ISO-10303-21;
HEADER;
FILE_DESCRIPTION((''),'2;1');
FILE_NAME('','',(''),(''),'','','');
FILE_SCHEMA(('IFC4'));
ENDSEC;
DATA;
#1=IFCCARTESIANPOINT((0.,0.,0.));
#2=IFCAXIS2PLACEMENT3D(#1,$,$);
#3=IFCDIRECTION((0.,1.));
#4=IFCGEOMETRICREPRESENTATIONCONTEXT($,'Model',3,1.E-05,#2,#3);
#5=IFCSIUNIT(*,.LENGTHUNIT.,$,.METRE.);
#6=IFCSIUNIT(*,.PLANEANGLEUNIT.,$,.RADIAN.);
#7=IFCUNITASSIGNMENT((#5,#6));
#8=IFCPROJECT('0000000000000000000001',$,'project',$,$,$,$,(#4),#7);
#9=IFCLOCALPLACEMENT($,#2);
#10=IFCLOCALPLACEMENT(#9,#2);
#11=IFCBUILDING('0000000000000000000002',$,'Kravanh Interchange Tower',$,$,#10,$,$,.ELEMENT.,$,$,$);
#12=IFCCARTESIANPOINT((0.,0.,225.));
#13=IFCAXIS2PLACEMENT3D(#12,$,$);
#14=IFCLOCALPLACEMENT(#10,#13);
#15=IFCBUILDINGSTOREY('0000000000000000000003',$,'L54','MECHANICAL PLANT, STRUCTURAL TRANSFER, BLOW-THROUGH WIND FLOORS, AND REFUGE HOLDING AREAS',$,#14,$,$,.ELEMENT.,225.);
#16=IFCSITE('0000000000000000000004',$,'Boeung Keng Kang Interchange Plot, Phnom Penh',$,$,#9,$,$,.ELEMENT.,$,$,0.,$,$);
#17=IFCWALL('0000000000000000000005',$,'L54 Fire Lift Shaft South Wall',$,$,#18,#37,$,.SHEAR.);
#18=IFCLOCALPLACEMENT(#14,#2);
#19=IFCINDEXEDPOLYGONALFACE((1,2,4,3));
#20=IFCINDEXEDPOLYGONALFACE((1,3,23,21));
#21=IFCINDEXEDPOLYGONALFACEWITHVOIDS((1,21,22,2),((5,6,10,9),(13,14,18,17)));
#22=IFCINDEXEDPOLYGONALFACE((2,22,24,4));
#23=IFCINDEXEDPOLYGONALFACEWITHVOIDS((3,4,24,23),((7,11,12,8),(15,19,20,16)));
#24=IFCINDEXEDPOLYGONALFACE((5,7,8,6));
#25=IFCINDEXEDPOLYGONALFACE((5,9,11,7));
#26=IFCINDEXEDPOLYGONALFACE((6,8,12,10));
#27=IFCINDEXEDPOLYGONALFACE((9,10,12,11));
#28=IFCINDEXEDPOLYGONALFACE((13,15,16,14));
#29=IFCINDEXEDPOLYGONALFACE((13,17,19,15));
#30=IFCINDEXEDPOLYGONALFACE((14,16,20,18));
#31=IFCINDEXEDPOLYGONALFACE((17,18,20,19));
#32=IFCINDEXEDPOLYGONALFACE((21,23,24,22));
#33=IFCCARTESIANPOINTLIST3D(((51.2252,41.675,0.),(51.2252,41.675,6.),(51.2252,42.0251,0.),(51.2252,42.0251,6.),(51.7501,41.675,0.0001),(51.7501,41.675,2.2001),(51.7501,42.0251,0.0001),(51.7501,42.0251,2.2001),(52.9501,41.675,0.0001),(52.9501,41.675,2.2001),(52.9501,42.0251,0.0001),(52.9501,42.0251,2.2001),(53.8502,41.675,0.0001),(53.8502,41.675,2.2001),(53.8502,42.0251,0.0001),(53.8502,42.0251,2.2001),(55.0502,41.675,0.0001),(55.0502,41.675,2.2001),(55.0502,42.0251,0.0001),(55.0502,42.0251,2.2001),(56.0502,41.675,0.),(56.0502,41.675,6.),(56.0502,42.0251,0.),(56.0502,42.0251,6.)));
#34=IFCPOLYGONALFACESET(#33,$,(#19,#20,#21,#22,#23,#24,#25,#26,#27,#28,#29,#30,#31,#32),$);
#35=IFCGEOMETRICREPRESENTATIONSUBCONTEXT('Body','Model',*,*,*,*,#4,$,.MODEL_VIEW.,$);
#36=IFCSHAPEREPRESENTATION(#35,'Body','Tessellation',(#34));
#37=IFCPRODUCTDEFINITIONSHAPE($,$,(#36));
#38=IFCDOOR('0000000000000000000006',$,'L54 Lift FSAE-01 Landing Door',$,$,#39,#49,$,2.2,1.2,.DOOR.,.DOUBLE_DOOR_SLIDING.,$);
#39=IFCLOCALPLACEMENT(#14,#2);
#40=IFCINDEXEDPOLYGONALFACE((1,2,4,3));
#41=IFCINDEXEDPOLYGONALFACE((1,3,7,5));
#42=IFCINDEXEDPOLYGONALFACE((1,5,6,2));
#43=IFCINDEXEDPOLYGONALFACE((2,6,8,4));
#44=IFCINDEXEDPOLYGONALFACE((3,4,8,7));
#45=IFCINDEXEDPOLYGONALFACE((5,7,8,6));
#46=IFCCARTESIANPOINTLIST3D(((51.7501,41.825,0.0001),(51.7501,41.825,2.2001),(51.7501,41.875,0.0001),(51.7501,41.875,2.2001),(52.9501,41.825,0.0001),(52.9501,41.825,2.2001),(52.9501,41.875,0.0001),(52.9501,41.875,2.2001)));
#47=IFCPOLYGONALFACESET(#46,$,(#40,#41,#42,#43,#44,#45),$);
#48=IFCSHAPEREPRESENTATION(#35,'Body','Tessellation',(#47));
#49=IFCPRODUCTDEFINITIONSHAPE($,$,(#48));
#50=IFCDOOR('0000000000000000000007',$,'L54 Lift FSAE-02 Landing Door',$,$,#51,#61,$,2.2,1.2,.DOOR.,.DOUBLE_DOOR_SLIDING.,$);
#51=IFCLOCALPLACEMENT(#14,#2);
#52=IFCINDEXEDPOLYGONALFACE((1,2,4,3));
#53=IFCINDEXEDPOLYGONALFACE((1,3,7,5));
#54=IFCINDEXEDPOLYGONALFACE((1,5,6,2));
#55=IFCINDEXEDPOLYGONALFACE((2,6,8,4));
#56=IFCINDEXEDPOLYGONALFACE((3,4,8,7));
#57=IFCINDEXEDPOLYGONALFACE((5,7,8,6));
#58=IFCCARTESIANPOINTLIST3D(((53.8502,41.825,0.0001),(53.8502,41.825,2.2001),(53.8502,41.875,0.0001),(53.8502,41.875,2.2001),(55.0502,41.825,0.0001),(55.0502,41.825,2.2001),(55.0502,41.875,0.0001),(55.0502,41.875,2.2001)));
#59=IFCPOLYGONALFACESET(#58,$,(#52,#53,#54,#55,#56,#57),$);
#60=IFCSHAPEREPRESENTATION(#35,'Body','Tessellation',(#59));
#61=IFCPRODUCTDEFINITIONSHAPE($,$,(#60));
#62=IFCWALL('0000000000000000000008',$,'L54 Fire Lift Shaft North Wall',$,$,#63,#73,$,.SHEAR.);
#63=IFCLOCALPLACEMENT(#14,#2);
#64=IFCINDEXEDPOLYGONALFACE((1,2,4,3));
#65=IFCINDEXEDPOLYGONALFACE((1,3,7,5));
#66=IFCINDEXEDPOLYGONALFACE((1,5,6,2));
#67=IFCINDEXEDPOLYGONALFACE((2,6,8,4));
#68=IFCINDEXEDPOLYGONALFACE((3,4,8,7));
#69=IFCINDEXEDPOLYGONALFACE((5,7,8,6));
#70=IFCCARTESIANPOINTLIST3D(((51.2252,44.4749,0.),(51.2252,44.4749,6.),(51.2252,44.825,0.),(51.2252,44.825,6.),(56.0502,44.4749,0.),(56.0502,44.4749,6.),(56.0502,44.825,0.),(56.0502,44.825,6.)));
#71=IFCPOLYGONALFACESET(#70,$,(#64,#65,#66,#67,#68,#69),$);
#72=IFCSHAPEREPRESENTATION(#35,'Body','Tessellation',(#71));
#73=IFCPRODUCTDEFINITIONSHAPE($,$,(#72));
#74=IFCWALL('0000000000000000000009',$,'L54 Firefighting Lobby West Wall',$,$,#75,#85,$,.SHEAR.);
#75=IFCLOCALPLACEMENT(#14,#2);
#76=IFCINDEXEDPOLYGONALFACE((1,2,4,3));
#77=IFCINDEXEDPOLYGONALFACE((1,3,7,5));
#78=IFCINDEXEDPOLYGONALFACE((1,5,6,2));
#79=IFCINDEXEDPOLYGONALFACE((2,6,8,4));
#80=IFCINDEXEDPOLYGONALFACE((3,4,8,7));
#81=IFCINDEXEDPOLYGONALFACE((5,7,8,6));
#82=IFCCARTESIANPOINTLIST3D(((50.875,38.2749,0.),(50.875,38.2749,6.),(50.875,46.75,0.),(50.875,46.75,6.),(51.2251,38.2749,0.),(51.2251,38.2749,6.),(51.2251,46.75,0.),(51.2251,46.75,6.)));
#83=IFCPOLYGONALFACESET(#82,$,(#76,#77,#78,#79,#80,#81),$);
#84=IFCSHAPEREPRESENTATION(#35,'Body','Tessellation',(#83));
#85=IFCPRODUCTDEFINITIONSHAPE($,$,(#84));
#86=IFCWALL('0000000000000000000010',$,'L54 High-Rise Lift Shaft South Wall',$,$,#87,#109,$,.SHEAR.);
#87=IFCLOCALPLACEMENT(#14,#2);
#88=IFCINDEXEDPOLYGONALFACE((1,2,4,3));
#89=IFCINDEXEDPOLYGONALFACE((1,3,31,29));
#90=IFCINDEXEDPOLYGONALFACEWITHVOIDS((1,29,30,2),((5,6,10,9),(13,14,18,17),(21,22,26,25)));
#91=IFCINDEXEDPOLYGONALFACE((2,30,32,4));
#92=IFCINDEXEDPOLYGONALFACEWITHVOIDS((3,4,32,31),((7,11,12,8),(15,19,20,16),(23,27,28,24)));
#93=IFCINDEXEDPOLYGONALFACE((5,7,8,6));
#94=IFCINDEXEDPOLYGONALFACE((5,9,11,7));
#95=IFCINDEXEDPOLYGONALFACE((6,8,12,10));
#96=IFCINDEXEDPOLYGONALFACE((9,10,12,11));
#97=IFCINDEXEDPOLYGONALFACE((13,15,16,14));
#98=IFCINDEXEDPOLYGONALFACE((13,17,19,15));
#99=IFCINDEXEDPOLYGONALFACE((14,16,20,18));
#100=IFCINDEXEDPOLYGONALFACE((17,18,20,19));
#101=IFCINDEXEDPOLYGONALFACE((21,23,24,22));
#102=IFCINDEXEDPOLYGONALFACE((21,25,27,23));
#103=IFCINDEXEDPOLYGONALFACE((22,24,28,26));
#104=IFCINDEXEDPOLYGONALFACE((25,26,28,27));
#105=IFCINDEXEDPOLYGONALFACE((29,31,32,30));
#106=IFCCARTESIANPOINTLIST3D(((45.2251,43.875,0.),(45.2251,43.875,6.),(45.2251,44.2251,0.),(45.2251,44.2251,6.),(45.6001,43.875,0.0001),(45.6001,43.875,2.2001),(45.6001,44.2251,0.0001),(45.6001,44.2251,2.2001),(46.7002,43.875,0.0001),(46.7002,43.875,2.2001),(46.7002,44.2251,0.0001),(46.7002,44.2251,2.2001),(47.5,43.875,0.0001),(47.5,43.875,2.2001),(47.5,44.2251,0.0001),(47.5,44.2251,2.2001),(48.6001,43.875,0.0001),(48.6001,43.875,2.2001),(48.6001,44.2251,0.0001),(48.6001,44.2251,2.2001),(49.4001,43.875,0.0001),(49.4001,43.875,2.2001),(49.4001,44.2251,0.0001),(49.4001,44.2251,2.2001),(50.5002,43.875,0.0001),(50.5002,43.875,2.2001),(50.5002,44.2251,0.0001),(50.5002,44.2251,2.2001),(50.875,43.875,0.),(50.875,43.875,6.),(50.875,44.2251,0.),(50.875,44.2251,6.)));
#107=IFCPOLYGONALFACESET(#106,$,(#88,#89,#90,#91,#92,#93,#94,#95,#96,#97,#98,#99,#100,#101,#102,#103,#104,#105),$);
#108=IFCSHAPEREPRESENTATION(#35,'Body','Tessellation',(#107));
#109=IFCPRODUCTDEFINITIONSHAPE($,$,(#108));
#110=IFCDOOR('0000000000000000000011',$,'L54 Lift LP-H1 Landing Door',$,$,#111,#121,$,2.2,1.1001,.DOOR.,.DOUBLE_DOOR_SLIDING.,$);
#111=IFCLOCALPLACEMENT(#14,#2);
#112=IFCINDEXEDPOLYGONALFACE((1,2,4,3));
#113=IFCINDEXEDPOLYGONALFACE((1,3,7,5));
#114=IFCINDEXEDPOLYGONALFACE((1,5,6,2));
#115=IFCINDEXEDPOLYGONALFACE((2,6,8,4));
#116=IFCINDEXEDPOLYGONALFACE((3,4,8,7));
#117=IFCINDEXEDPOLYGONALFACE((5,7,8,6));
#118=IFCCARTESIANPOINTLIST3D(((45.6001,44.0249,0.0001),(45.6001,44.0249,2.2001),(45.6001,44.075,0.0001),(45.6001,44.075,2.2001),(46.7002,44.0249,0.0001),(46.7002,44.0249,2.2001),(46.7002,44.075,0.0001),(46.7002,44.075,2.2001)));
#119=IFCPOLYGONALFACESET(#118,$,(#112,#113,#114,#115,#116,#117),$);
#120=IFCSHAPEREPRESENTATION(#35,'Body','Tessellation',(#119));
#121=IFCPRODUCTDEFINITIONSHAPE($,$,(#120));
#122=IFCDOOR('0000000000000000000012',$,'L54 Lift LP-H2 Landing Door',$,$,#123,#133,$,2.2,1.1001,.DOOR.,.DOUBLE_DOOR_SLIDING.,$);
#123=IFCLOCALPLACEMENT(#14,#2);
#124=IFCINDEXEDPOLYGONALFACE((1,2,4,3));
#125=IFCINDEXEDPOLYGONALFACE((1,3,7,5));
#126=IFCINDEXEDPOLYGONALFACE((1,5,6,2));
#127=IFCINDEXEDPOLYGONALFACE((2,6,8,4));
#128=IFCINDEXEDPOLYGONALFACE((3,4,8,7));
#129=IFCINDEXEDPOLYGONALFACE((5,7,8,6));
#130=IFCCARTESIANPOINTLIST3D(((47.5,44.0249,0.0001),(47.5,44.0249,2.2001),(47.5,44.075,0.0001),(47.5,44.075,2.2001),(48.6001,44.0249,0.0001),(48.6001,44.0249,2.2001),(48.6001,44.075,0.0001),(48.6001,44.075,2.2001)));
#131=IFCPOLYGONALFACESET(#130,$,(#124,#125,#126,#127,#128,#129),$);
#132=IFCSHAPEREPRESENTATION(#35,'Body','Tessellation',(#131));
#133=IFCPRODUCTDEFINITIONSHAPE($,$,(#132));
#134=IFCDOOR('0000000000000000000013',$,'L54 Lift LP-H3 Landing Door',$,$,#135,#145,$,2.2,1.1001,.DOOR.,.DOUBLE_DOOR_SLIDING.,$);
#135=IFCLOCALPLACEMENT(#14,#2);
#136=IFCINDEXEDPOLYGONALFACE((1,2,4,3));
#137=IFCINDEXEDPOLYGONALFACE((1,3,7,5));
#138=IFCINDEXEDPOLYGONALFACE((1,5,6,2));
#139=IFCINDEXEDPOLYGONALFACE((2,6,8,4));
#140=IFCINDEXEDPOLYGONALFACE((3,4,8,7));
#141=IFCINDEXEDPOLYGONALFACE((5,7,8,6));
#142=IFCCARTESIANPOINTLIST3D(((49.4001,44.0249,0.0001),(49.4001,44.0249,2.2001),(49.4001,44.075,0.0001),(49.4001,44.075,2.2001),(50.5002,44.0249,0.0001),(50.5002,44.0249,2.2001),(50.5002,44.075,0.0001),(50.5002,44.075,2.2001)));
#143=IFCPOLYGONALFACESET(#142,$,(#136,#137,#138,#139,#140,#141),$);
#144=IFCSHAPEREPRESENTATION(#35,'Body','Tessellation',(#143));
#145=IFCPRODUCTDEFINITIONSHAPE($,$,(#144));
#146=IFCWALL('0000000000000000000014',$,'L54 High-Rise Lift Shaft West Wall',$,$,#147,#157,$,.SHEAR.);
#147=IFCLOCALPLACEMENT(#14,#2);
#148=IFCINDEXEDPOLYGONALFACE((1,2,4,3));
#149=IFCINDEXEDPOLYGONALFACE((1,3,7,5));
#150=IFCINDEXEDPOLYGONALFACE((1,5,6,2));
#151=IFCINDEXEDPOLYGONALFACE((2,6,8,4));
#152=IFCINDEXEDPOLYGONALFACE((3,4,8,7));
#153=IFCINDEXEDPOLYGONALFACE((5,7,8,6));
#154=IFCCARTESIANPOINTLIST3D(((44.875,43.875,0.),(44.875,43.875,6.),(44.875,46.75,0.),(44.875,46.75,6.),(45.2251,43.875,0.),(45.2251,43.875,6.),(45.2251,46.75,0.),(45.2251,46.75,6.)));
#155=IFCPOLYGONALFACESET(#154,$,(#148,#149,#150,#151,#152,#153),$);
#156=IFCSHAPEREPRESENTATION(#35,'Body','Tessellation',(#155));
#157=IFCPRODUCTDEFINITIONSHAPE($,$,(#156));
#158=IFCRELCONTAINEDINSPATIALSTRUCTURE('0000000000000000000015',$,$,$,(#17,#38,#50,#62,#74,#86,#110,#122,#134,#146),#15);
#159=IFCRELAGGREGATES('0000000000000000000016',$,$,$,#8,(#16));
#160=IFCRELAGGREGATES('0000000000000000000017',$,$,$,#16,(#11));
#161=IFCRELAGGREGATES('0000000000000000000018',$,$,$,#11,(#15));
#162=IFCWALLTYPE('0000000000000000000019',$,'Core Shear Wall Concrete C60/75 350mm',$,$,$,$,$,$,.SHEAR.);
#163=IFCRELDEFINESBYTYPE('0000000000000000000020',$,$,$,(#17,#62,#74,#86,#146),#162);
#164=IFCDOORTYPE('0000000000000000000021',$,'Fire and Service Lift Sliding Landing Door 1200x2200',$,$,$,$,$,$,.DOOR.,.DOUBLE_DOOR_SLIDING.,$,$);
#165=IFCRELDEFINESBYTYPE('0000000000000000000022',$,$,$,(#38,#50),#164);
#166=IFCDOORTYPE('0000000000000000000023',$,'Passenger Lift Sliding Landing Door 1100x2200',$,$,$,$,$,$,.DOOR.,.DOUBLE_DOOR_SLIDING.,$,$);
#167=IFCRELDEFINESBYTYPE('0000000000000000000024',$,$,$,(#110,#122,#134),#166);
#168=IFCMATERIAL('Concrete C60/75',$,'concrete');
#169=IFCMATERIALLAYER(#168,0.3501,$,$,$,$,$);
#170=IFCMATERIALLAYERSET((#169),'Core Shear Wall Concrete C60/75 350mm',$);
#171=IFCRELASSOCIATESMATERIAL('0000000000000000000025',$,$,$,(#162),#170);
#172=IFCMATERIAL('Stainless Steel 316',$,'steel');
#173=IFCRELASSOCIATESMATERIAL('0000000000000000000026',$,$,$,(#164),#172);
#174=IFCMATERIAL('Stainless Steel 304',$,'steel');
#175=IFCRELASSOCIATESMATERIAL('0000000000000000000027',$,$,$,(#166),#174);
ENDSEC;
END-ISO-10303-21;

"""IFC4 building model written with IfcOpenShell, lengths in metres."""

from ifc_helpers import new_model, si_unit, direction, frame, frame_2d, origin, place, context, subcontext, project, spatial, rectangle, extrude, material, layer, layer_set, type_object, element, fill, save


model = new_model("IFC4")

# Units and contexts
model_context = context("Model", 3, precision=1e-05, world=origin(), true_north=direction((0.0, 1.0)))
body_context = subcontext(model_context, "Body", "Model", "MODEL_VIEW")
ifc_project = project(units=[si_unit("LENGTHUNIT", "METRE"), si_unit("PLANEANGLEUNIT", "RADIAN")], contexts=[model_context])

# Site, building, storey
site_placement = place(None, origin())
site = spatial("IfcSite", under=ifc_project, at=site_placement, Name="Boeung Keng Kang Interchange Plot, Phnom Penh", CompositionType="ELEMENT", RefElevation=0.0)
building_placement = place(site_placement, origin())
building = spatial("IfcBuilding", under=site, at=building_placement, Name="Kravanh Interchange Tower", CompositionType="ELEMENT")
storey_placement = place(building_placement, frame((0.0, 0.0, 225.0)))
storey = spatial("IfcBuildingStorey", under=building, at=storey_placement, Name="L54", Description="MECHANICAL PLANT, STRUCTURAL TRANSFER, BLOW-THROUGH WIND FLOORS, AND REFUGE HOLDING AREAS", CompositionType="ELEMENT", Elevation=225.0)

# Wall, openings, doors
ifc_material_1 = material(Name="Concrete C60/75", Category="concrete")
ifc_layer_1 = layer(ifc_material_1, 0.3501)
ifc_layer_set_1 = layer_set([ifc_layer_1], Name="Core Shear Wall Concrete C60/75 350mm")
wall_type_1 = type_object("IfcWallType", Name="Core Shear Wall Concrete C60/75 350mm", PredefinedType="SHEAR", material=ifc_layer_set_1)
wall_1_placement = place(storey_placement, frame((51.2251, 41.8501, 0.0), z_axis=(0.0, 0.0, 1.0), x_axis=(1.0, 0.0, 0.0)))
wall_1 = element("IfcWall", 1, at=wall_1_placement, inside=storey, type_object=wall_type_1, Name="L54 Fire Lift Shaft South Wall", PredefinedType="SHEAR", context=body_context, shape_type="SweptSolid", body=[
    extrude(rectangle(XDim=4.825, YDim=0.3501, at=frame_2d((2.4126, 0.0))), origin(), (0.0, 0.0, 1.0), 6.0),
])
opening_1_placement = place(wall_1_placement, frame((0.5249, 0.0, 0.0)))
opening_1 = element("IfcOpeningElement", 2, at=opening_1_placement, cuts=wall_1, PredefinedType="OPENING", context=body_context, shape_type="SweptSolid", body=[
    extrude(rectangle(XDim=1.2, YDim=2.2, at=frame_2d((0.6001, 1.1001))), frame((0.0, 0.1851, 0.0), z_axis=(0.0, -1.0, 0.0), x_axis=(1.0, 0.0, 0.0)), (0.0, 0.0, 1.0), 0.3701),
])
opening_2_placement = place(wall_1_placement, frame((2.625, 0.0, 0.0)))
opening_2 = element("IfcOpeningElement", 3, at=opening_2_placement, cuts=wall_1, PredefinedType="OPENING", context=body_context, shape_type="SweptSolid", body=[
    extrude(rectangle(XDim=1.2, YDim=2.2, at=frame_2d((0.6001, 1.1001))), frame((0.0, 0.1851, 0.0), z_axis=(0.0, -1.0, 0.0), x_axis=(1.0, 0.0, 0.0)), (0.0, 0.0, 1.0), 0.3701),
])
ifc_material_2 = material(Name="Stainless Steel 316", Category="steel")
door_type_1 = type_object("IfcDoorType", Name="Fire and Service Lift Sliding Landing Door 1200x2200", OperationType="DOUBLE_DOOR_SLIDING", PredefinedType="DOOR", material=ifc_material_2)
door_1_placement = place(opening_1_placement, origin())
door_1 = element("IfcDoor", 4, at=door_1_placement, inside=storey, type_object=door_type_1, Name="L54 Lift FSAE-01 Landing Door", OperationType="DOUBLE_DOOR_SLIDING", OverallHeight=2.2, OverallWidth=1.2, PredefinedType="DOOR", context=body_context, shape_type="SweptSolid", body=[
    extrude(rectangle(XDim=1.2, YDim=2.2, at=frame_2d((0.6001, 1.1001))), frame((0.0, 0.0249, 0.0), z_axis=(0.0, -1.0, 0.0), x_axis=(1.0, 0.0, 0.0)), (0.0, 0.0, 1.0), 0.05),
])
fill(opening_1, door_1)
door_2_placement = place(opening_2_placement, origin())
door_2 = element("IfcDoor", 5, at=door_2_placement, inside=storey, type_object=door_type_1, Name="L54 Lift FSAE-02 Landing Door", OperationType="DOUBLE_DOOR_SLIDING", OverallHeight=2.2, OverallWidth=1.2, PredefinedType="DOOR", context=body_context, shape_type="SweptSolid", body=[
    extrude(rectangle(XDim=1.2, YDim=2.2, at=frame_2d((0.6001, 1.1001))), frame((0.0, 0.0249, 0.0), z_axis=(0.0, -1.0, 0.0), x_axis=(1.0, 0.0, 0.0)), (0.0, 0.0, 1.0), 0.05),
])
fill(opening_2, door_2)

# Walls
wall_2_placement = place(storey_placement, frame((51.2251, 44.6499, 0.0), z_axis=(0.0, 0.0, 1.0), x_axis=(1.0, 0.0, 0.0)))
element("IfcWall", 6, at=wall_2_placement, inside=storey, type_object=wall_type_1, Name="L54 Fire Lift Shaft North Wall", PredefinedType="SHEAR", context=body_context, shape_type="SweptSolid", body=[
    extrude(rectangle(XDim=4.825, YDim=0.3501, at=frame_2d((2.4126, 0.0))), origin(), (0.0, 0.0, 1.0), 6.0),
])
wall_3_placement = place(storey_placement, frame((51.05, 38.2749, 0.0), z_axis=(0.0, 0.0, 1.0), x_axis=(0.0, 1.0, 0.0)))
element("IfcWall", 7, at=wall_3_placement, inside=storey, type_object=wall_type_1, Name="L54 Firefighting Lobby West Wall", PredefinedType="SHEAR", context=body_context, shape_type="SweptSolid", body=[
    extrude(rectangle(XDim=8.4751, YDim=0.3501, at=frame_2d((4.2375, 0.0))), origin(), (0.0, 0.0, 1.0), 6.0),
])

# Wall, openings, doors
wall_4_placement = place(storey_placement, frame((45.2251, 44.05, 0.0), z_axis=(0.0, 0.0, 1.0), x_axis=(1.0, 0.0, 0.0)))
wall_4 = element("IfcWall", 8, at=wall_4_placement, inside=storey, type_object=wall_type_1, Name="L54 High-Rise Lift Shaft South Wall", PredefinedType="SHEAR", context=body_context, shape_type="SweptSolid", body=[
    extrude(rectangle(XDim=5.6499, YDim=0.3501, at=frame_2d((2.825, 0.0))), origin(), (0.0, 0.0, 1.0), 6.0),
])
opening_3_placement = place(wall_4_placement, frame((0.375, 0.0, 0.0)))
opening_3 = element("IfcOpeningElement", 9, at=opening_3_placement, cuts=wall_4, PredefinedType="OPENING", context=body_context, shape_type="SweptSolid", body=[
    extrude(rectangle(XDim=1.1001, YDim=2.2, at=frame_2d((0.55, 1.1001))), frame((0.0, 0.1851, 0.0), z_axis=(0.0, -1.0, 0.0), x_axis=(1.0, 0.0, 0.0)), (0.0, 0.0, 1.0), 0.3701),
])
opening_4_placement = place(wall_4_placement, frame((2.2749, 0.0, 0.0)))
opening_4 = element("IfcOpeningElement", 10, at=opening_4_placement, cuts=wall_4, PredefinedType="OPENING", context=body_context, shape_type="SweptSolid", body=[
    extrude(rectangle(XDim=1.1001, YDim=2.2, at=frame_2d((0.55, 1.1001))), frame((0.0, 0.1851, 0.0), z_axis=(0.0, -1.0, 0.0), x_axis=(1.0, 0.0, 0.0)), (0.0, 0.0, 1.0), 0.3701),
])
opening_5_placement = place(wall_4_placement, frame((4.175, 0.0, 0.0)))
opening_5 = element("IfcOpeningElement", 11, at=opening_5_placement, cuts=wall_4, PredefinedType="OPENING", context=body_context, shape_type="SweptSolid", body=[
    extrude(rectangle(XDim=1.1001, YDim=2.2, at=frame_2d((0.55, 1.1001))), frame((0.0, 0.1851, 0.0), z_axis=(0.0, -1.0, 0.0), x_axis=(1.0, 0.0, 0.0)), (0.0, 0.0, 1.0), 0.3701),
])
ifc_material_3 = material(Name="Stainless Steel 304", Category="steel")
door_type_2 = type_object("IfcDoorType", Name="Passenger Lift Sliding Landing Door 1100x2200", OperationType="DOUBLE_DOOR_SLIDING", PredefinedType="DOOR", material=ifc_material_3)
door_3_placement = place(opening_3_placement, origin())
door_3 = element("IfcDoor", 12, at=door_3_placement, inside=storey, type_object=door_type_2, Name="L54 Lift LP-H1 Landing Door", OperationType="DOUBLE_DOOR_SLIDING", OverallHeight=2.2, OverallWidth=1.1001, PredefinedType="DOOR", context=body_context, shape_type="SweptSolid", body=[
    extrude(rectangle(XDim=1.1001, YDim=2.2, at=frame_2d((0.55, 1.1001))), frame((0.0, 0.0249, 0.0), z_axis=(0.0, -1.0, 0.0), x_axis=(1.0, 0.0, 0.0)), (0.0, 0.0, 1.0), 0.05),
])
fill(opening_3, door_3)
door_4_placement = place(opening_4_placement, origin())
door_4 = element("IfcDoor", 13, at=door_4_placement, inside=storey, type_object=door_type_2, Name="L54 Lift LP-H2 Landing Door", OperationType="DOUBLE_DOOR_SLIDING", OverallHeight=2.2, OverallWidth=1.1001, PredefinedType="DOOR", context=body_context, shape_type="SweptSolid", body=[
    extrude(rectangle(XDim=1.1001, YDim=2.2, at=frame_2d((0.55, 1.1001))), frame((0.0, 0.0249, 0.0), z_axis=(0.0, -1.0, 0.0), x_axis=(1.0, 0.0, 0.0)), (0.0, 0.0, 1.0), 0.05),
])
fill(opening_4, door_4)
door_5_placement = place(opening_5_placement, origin())
door_5 = element("IfcDoor", 14, at=door_5_placement, inside=storey, type_object=door_type_2, Name="L54 Lift LP-H3 Landing Door", OperationType="DOUBLE_DOOR_SLIDING", OverallHeight=2.2, OverallWidth=1.1001, PredefinedType="DOOR", context=body_context, shape_type="SweptSolid", body=[
    extrude(rectangle(XDim=1.1001, YDim=2.2, at=frame_2d((0.55, 1.1001))), frame((0.0, 0.0249, 0.0), z_axis=(0.0, -1.0, 0.0), x_axis=(1.0, 0.0, 0.0)), (0.0, 0.0, 1.0), 0.05),
])
fill(opening_5, door_5)

# Wall
wall_5_placement = place(storey_placement, frame((45.05, 43.875, 0.0), z_axis=(0.0, 0.0, 1.0), x_axis=(0.0, 1.0, 0.0)))
element("IfcWall", 15, at=wall_5_placement, inside=storey, type_object=wall_type_1, Name="L54 High-Rise Lift Shaft West Wall", PredefinedType="SHEAR", context=body_context, shape_type="SweptSolid", body=[
    extrude(rectangle(XDim=2.875, YDim=0.3501, at=frame_2d((1.4375, 0.0))), origin(), (0.0, 0.0, 1.0), 6.0),
])

save(model, "model.ifc")
